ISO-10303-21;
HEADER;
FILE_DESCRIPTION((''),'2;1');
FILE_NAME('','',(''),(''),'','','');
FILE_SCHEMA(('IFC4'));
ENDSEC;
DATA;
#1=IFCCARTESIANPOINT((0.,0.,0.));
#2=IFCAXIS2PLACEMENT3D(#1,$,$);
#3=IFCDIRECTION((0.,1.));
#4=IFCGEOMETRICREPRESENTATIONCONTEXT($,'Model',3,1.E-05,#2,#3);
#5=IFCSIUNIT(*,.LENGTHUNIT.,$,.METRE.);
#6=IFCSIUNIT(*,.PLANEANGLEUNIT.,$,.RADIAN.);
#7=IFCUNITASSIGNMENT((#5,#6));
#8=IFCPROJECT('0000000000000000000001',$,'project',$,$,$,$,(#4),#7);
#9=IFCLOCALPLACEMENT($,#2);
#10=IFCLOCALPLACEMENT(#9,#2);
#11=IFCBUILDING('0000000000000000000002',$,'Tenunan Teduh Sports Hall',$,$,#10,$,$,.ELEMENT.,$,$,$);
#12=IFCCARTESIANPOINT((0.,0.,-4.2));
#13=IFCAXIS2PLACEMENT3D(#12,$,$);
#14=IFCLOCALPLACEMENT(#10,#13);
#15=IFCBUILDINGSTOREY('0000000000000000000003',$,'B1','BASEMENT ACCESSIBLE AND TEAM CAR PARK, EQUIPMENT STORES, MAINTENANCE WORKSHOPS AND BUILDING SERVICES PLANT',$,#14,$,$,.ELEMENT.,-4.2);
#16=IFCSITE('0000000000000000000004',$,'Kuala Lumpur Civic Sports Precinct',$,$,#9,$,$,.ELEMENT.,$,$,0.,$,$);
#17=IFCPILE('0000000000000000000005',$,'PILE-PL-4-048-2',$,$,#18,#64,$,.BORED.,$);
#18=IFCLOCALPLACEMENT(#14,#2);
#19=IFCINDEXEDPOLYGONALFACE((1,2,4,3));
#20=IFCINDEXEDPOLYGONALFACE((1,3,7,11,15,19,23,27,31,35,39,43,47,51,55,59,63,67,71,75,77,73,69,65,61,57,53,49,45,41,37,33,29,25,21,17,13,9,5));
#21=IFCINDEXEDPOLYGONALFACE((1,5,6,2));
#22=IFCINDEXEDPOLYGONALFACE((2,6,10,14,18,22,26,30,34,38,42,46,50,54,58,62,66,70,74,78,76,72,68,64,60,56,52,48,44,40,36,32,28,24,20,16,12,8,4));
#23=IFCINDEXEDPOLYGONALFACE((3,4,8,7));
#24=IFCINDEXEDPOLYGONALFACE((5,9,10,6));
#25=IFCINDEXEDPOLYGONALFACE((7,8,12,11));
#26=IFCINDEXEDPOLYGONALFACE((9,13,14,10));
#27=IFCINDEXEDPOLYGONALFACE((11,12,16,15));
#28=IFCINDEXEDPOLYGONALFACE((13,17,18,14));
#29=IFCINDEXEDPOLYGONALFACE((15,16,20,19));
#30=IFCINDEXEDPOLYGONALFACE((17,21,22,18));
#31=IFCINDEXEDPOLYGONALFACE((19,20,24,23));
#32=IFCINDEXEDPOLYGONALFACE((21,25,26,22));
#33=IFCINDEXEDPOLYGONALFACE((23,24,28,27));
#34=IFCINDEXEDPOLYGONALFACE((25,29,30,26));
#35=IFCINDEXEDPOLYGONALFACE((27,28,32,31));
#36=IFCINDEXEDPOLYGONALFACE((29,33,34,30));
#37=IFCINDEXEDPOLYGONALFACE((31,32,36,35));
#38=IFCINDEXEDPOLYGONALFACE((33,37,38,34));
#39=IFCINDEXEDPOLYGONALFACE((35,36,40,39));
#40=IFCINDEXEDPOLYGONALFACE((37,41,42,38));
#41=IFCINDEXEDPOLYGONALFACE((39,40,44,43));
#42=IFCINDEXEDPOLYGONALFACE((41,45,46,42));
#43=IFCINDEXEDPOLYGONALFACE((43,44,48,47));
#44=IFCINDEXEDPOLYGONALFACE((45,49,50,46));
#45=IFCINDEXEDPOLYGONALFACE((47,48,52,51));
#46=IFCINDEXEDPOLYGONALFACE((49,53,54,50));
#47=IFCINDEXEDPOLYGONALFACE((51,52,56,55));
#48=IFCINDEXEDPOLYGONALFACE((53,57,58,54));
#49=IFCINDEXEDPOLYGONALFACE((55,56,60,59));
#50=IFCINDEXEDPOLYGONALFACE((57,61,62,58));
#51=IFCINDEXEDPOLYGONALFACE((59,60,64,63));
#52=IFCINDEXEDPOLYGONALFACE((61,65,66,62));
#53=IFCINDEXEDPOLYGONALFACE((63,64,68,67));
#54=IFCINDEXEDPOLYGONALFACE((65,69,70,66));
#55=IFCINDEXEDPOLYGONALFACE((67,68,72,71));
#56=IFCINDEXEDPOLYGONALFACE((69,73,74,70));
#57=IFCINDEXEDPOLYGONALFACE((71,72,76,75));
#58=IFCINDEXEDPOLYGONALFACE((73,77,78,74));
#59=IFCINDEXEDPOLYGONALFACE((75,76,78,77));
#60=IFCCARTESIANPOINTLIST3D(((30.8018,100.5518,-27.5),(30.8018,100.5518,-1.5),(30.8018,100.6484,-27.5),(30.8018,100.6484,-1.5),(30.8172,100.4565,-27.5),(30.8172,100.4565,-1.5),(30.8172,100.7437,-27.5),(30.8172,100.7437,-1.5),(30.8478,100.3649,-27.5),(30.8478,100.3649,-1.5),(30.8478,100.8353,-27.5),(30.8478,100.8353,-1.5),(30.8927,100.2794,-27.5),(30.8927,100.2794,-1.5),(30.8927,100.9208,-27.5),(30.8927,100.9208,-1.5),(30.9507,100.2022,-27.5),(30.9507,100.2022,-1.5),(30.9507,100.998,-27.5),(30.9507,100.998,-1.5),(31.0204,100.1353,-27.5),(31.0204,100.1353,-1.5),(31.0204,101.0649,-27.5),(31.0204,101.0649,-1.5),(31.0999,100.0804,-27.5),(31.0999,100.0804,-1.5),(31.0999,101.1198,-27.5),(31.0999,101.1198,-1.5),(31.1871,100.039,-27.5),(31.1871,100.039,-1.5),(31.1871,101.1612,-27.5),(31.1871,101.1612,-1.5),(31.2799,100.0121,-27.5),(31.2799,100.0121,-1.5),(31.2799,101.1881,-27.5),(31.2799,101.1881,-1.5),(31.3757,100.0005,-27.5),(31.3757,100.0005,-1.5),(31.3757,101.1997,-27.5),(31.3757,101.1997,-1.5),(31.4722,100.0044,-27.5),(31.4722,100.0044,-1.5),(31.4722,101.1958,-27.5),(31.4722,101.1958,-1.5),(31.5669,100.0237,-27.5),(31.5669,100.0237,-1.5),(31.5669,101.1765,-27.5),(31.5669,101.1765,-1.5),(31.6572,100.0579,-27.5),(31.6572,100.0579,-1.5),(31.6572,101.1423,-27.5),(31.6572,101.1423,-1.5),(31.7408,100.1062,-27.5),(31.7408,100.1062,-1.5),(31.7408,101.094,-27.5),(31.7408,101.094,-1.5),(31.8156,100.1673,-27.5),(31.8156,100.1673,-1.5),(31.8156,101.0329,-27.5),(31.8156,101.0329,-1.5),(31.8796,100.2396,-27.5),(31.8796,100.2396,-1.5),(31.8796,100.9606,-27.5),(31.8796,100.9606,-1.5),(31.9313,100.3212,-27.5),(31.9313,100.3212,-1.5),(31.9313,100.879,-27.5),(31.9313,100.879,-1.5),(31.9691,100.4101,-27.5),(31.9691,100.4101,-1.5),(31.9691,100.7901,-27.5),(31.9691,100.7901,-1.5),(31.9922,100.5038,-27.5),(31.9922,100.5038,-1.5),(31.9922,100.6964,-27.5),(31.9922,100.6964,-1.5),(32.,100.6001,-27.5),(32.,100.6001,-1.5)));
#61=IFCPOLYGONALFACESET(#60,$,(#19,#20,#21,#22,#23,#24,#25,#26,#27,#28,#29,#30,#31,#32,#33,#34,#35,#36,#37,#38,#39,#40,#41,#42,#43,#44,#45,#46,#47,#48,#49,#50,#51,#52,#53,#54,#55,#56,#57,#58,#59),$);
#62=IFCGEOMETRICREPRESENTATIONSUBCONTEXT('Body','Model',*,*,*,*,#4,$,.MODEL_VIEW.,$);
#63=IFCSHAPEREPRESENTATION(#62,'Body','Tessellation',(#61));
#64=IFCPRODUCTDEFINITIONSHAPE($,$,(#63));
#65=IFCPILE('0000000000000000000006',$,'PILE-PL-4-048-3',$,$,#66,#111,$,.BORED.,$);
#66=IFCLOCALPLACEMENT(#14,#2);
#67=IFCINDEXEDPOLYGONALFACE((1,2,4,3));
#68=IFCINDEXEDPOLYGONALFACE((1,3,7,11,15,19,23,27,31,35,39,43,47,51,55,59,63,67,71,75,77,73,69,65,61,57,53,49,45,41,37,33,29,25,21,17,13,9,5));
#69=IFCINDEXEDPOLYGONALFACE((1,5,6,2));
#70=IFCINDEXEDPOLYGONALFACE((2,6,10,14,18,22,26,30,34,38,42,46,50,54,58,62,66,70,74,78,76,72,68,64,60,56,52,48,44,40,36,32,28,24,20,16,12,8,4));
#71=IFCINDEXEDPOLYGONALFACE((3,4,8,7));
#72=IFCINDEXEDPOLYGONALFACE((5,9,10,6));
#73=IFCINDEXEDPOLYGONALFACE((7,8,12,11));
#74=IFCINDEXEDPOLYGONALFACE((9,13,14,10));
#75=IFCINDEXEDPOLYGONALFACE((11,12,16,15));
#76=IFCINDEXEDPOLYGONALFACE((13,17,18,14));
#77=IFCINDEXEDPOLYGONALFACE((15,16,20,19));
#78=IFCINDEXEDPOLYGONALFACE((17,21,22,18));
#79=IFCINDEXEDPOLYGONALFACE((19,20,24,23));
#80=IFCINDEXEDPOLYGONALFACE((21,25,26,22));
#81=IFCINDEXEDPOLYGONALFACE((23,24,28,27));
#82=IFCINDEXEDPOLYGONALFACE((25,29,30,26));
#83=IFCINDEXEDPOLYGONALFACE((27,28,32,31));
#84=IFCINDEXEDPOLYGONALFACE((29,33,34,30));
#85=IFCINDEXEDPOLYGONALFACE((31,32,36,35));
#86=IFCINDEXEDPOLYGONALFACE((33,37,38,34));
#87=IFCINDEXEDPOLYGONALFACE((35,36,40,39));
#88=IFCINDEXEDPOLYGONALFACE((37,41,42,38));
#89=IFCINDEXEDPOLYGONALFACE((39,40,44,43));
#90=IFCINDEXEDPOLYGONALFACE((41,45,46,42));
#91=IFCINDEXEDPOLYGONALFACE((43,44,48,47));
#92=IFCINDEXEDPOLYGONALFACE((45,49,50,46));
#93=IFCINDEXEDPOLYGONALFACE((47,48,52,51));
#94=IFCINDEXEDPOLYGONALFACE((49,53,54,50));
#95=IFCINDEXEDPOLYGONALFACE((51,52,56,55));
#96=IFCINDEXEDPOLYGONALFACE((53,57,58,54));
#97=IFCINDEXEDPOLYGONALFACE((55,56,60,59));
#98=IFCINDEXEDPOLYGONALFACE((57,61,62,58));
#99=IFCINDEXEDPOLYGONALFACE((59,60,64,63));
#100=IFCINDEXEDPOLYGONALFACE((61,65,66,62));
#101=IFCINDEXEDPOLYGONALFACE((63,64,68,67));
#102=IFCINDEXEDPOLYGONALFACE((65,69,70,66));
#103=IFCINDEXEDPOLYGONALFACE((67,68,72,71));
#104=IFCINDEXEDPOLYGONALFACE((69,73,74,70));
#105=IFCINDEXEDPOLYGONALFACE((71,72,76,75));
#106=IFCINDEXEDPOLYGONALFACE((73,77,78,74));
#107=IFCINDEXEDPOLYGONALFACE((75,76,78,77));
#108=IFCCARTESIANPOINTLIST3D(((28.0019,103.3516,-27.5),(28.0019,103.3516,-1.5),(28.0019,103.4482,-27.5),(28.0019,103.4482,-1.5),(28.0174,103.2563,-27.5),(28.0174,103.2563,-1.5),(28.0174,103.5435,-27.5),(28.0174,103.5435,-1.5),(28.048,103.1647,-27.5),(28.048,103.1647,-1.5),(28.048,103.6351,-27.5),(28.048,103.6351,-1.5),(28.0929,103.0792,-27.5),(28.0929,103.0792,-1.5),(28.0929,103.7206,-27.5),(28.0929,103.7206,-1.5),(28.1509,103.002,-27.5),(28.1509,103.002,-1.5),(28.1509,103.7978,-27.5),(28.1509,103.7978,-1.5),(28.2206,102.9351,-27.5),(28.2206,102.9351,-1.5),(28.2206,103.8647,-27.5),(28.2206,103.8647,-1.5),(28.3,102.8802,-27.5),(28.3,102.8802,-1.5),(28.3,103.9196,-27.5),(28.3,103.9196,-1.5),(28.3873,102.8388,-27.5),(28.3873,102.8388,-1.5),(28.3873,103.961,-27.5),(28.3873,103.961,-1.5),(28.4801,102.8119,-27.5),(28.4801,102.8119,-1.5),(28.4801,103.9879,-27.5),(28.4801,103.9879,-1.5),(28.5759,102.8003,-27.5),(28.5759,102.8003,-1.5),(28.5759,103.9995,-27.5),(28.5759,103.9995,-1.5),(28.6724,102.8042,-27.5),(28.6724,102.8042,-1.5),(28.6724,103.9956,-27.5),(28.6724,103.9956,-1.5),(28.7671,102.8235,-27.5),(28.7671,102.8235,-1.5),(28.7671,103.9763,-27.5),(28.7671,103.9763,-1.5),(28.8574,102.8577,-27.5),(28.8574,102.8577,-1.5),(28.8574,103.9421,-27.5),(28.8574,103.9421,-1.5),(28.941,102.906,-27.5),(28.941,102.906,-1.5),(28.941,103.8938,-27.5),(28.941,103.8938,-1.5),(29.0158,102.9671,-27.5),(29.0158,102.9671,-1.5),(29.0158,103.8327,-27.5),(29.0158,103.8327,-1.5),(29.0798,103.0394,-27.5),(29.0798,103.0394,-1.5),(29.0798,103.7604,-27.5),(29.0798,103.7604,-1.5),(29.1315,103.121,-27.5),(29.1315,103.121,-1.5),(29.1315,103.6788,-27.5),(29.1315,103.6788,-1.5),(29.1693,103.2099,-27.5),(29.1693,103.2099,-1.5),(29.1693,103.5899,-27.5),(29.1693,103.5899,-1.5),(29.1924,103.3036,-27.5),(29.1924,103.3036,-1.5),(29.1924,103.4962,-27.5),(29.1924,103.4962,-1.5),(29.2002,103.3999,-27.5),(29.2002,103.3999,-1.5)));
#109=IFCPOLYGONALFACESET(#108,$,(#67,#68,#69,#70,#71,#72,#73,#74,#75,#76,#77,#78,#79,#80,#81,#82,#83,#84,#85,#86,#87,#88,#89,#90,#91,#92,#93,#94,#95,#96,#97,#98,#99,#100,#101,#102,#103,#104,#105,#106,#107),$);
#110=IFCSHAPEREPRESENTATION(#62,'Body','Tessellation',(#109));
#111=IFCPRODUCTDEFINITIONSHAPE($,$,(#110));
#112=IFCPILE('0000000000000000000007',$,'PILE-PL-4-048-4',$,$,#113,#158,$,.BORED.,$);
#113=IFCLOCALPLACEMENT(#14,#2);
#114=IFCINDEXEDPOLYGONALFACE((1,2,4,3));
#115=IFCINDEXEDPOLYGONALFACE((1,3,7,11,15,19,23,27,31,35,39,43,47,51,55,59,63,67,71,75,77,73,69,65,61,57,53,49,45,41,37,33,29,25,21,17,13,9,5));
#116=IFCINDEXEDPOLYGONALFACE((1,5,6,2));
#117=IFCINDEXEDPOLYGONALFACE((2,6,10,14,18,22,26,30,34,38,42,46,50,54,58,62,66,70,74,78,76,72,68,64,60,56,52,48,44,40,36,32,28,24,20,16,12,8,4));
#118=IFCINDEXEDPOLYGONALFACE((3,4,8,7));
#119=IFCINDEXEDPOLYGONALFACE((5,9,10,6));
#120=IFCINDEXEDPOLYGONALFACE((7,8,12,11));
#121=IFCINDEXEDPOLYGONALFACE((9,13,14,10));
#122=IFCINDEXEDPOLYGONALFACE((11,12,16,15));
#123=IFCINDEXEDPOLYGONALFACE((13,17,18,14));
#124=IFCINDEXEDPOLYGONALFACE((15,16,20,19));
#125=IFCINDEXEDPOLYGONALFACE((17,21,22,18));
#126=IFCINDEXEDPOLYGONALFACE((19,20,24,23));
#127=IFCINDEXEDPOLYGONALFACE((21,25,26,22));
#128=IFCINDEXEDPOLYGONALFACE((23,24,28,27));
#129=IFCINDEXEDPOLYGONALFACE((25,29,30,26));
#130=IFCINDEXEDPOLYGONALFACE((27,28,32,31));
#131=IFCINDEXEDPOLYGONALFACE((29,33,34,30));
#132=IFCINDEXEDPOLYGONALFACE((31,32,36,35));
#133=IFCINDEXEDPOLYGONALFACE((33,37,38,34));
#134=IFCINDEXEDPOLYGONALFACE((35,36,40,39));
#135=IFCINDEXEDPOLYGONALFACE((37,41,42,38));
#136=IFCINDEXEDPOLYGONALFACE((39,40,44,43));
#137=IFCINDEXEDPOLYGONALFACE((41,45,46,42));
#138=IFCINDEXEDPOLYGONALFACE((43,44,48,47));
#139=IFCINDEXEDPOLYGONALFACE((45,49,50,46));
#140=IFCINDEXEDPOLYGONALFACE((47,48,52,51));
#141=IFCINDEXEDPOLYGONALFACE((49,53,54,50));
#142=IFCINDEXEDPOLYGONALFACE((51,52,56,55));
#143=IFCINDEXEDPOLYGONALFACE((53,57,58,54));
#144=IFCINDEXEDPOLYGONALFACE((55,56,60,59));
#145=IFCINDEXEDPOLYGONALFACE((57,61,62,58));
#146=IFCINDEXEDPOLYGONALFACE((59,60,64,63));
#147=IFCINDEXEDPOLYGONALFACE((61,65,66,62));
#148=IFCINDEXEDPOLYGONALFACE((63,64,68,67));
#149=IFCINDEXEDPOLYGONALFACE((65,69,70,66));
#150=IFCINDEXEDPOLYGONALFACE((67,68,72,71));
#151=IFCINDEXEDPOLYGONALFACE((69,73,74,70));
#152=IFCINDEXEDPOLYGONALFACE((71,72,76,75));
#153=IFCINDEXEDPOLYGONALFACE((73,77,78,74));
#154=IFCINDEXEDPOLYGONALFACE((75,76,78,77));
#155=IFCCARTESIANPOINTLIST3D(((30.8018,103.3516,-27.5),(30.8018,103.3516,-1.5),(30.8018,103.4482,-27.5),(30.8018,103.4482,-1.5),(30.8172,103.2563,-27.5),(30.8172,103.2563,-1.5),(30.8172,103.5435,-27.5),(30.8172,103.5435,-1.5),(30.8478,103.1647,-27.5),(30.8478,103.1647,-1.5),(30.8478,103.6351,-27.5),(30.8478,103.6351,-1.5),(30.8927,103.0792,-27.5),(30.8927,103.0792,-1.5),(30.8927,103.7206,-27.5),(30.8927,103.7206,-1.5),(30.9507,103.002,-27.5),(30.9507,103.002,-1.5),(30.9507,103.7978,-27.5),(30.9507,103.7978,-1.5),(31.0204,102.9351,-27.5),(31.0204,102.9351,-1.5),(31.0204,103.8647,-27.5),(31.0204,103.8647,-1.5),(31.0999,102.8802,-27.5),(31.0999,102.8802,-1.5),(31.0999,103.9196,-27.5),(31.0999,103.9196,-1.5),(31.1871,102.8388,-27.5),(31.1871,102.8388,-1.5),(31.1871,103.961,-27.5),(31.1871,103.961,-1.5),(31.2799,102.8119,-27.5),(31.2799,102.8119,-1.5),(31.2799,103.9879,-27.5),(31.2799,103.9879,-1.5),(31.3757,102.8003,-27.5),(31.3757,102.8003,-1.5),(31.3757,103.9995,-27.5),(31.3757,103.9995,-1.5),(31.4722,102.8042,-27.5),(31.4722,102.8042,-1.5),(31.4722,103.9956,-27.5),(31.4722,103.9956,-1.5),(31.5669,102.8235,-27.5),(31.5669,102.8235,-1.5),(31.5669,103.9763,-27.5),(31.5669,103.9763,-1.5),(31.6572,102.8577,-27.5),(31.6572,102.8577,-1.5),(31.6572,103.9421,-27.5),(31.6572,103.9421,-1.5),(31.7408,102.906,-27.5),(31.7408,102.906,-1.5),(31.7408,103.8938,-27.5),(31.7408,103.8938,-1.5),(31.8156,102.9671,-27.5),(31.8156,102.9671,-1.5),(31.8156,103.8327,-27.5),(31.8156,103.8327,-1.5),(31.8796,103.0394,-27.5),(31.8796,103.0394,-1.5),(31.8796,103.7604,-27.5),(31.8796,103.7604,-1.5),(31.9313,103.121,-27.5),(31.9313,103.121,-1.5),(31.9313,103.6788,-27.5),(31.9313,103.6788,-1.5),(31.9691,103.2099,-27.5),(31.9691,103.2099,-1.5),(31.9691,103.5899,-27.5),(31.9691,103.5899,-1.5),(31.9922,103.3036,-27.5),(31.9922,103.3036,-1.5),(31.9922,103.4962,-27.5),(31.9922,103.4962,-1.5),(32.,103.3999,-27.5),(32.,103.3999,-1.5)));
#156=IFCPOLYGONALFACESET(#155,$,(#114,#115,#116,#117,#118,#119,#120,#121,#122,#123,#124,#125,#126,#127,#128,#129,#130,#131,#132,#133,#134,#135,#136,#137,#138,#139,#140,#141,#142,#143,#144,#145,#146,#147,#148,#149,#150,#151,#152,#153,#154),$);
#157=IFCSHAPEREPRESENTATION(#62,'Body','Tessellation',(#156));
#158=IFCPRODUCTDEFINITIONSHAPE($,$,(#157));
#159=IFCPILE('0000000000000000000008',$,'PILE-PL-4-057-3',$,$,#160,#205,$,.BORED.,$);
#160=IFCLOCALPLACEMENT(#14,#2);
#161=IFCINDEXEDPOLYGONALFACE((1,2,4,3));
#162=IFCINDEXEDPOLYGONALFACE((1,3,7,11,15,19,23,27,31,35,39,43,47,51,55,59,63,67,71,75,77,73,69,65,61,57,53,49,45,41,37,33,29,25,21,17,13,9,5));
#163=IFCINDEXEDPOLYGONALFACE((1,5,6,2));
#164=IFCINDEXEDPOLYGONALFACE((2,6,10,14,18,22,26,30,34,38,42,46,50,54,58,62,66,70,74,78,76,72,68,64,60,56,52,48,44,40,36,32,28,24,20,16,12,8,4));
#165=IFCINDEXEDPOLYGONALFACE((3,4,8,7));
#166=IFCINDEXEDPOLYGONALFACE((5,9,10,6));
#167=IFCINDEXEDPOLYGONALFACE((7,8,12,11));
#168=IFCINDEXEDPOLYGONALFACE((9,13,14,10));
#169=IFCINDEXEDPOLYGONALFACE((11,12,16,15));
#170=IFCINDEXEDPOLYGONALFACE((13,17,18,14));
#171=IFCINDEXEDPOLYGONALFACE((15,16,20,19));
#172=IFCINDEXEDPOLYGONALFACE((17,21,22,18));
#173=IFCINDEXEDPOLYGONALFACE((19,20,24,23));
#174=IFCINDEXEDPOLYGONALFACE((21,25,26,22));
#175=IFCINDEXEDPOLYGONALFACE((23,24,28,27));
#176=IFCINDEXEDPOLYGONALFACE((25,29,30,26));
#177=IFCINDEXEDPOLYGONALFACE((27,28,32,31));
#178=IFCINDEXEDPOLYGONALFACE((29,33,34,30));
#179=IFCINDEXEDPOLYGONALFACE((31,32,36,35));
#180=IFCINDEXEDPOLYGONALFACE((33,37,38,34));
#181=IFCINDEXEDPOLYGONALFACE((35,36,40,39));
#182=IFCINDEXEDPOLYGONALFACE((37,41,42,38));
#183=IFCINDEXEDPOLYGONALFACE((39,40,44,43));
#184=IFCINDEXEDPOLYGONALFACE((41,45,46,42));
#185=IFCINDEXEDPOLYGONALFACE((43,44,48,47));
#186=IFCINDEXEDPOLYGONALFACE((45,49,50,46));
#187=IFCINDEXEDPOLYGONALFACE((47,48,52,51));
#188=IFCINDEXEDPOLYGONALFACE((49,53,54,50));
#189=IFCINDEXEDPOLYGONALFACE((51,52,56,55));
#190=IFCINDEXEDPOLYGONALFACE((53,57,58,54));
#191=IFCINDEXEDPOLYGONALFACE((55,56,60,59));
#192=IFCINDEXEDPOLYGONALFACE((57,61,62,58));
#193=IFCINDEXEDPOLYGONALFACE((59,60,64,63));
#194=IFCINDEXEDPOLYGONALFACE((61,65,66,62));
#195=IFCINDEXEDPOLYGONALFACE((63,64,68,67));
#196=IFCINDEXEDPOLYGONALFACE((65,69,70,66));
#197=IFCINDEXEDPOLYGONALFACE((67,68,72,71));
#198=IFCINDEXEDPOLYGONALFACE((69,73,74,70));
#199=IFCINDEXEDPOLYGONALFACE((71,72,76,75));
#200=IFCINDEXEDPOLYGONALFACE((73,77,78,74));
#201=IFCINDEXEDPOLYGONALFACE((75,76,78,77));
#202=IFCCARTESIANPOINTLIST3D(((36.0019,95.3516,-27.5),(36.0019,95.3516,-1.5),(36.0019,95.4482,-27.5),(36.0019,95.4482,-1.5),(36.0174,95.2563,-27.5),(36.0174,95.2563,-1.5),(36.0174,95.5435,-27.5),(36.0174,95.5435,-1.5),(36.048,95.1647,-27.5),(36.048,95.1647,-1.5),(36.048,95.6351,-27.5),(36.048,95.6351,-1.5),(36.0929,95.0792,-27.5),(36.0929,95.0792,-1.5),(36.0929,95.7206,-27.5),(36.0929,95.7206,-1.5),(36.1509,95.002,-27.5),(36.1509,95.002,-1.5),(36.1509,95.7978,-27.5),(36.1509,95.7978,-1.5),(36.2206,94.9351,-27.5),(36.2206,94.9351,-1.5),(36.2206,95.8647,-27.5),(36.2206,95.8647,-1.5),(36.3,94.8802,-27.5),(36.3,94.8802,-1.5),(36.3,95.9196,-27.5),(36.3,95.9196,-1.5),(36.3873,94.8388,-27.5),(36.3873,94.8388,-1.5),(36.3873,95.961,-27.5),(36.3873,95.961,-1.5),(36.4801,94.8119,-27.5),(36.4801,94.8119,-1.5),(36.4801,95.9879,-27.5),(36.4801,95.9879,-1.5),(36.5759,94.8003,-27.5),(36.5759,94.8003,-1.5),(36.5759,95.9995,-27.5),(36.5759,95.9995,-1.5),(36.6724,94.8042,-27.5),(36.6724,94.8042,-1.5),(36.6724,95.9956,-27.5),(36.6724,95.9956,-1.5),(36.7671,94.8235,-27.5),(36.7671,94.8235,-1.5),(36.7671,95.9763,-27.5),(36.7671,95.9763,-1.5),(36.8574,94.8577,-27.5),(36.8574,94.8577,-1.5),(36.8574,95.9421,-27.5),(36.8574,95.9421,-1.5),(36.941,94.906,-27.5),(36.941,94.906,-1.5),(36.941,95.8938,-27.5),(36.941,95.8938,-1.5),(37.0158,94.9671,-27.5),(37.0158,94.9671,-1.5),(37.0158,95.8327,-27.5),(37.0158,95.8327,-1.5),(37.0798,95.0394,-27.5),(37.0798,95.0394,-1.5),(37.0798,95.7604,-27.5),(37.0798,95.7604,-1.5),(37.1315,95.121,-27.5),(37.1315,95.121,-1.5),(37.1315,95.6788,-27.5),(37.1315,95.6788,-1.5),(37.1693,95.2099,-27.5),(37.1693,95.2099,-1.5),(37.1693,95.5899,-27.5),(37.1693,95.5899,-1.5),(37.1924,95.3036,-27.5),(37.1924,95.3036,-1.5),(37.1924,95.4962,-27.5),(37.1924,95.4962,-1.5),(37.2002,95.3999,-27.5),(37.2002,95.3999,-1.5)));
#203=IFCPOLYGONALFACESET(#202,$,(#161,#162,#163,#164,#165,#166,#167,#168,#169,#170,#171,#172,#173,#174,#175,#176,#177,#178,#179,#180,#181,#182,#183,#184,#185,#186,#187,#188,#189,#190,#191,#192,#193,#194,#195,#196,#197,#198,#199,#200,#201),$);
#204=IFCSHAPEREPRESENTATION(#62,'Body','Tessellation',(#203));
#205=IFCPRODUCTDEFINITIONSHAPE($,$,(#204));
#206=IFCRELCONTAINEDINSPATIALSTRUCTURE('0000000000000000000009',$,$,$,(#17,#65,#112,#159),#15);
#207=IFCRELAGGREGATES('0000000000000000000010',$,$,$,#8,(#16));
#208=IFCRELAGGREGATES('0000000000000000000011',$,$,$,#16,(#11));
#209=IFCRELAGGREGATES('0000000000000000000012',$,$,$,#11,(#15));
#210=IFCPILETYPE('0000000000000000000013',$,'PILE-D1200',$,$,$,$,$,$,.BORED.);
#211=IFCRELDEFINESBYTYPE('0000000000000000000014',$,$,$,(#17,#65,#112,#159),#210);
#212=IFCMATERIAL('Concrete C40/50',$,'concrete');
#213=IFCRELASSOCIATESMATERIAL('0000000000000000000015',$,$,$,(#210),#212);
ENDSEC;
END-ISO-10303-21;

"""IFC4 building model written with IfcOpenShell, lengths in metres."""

from ifc_helpers import new_model, si_unit, direction, frame, origin, origin_2d, place, context, subcontext, project, spatial, circle, extrude, material, material_profile, profile_set, type_object, element, save


model = new_model("IFC4")

# Units and contexts
model_context = context("Model", 3, precision=1e-05, world=origin(), true_north=direction((0.0, 1.0)))
body_context = subcontext(model_context, "Body", "Model", "MODEL_VIEW")
ifc_project = project(units=[si_unit("LENGTHUNIT", "METRE"), si_unit("PLANEANGLEUNIT", "RADIAN")], contexts=[model_context])

# Site, building, storey
site_placement = place(None, origin())
site = spatial("IfcSite", under=ifc_project, at=site_placement, Name="Kuala Lumpur Civic Sports Precinct", CompositionType="ELEMENT", RefElevation=0.0)
building_placement = place(site_placement, origin())
building = spatial("IfcBuilding", under=site, at=building_placement, Name="Tenunan Teduh Sports Hall", CompositionType="ELEMENT")
storey_placement = place(building_placement, frame((0.0, 0.0, -4.2)))
storey = spatial("IfcBuildingStorey", under=building, at=storey_placement, Name="B1", Description="BASEMENT ACCESSIBLE AND TEAM CAR PARK, EQUIPMENT STORES, MAINTENANCE WORKSHOPS AND BUILDING SERVICES PLANT", CompositionType="ELEMENT", Elevation=-4.2)

# Piles
ifc_material_1 = material(Name="Concrete C40/50", Category="concrete")
ifc_material_profile_1 = material_profile(ifc_material_1, circle(Radius=0.6001, at=origin_2d()), Name="PILE D1200")
ifc_profile_set_1 = profile_set([ifc_material_profile_1], Name="Concrete C40/50")
pile_type = type_object("IfcPileType", Name="PILE-D1200", PredefinedType="BORED", material=ifc_profile_set_1)
for number, where, z_axis, x_axis, name in (
    (1, (31.3999, 100.6001, -1.5), (0.0, 0.0, -1.0), (1.0, 0.0, 0.0), "PILE-PL-4-048-2"),
    (2, (28.6001, 103.3999, -1.5), (0.0, 0.0, -1.0), (1.0, 0.0, 0.0), "PILE-PL-4-048-3"),
    (3, (31.3999, 103.3999, -1.5), (0.0, 0.0, -1.0), (1.0, 0.0, 0.0), "PILE-PL-4-048-4"),
    (4, (36.6001, 95.3999, -1.5), (0.0, 0.0, -1.0), (1.0, 0.0, 0.0), "PILE-PL-4-057-3"),
):
    element("IfcPile", number, at=place(storey_placement, frame(where, z_axis=z_axis, x_axis=x_axis)), inside=storey, type_object=pile_type, Name=name, PredefinedType="BORED", context=body_context, shape_type="SweptSolid", body=[
        extrude(circle(Radius=0.6001, at=origin_2d()), origin(), (0.0, 0.0, 1.0), 26.0),
    ])

save(model, "model.ifc")
